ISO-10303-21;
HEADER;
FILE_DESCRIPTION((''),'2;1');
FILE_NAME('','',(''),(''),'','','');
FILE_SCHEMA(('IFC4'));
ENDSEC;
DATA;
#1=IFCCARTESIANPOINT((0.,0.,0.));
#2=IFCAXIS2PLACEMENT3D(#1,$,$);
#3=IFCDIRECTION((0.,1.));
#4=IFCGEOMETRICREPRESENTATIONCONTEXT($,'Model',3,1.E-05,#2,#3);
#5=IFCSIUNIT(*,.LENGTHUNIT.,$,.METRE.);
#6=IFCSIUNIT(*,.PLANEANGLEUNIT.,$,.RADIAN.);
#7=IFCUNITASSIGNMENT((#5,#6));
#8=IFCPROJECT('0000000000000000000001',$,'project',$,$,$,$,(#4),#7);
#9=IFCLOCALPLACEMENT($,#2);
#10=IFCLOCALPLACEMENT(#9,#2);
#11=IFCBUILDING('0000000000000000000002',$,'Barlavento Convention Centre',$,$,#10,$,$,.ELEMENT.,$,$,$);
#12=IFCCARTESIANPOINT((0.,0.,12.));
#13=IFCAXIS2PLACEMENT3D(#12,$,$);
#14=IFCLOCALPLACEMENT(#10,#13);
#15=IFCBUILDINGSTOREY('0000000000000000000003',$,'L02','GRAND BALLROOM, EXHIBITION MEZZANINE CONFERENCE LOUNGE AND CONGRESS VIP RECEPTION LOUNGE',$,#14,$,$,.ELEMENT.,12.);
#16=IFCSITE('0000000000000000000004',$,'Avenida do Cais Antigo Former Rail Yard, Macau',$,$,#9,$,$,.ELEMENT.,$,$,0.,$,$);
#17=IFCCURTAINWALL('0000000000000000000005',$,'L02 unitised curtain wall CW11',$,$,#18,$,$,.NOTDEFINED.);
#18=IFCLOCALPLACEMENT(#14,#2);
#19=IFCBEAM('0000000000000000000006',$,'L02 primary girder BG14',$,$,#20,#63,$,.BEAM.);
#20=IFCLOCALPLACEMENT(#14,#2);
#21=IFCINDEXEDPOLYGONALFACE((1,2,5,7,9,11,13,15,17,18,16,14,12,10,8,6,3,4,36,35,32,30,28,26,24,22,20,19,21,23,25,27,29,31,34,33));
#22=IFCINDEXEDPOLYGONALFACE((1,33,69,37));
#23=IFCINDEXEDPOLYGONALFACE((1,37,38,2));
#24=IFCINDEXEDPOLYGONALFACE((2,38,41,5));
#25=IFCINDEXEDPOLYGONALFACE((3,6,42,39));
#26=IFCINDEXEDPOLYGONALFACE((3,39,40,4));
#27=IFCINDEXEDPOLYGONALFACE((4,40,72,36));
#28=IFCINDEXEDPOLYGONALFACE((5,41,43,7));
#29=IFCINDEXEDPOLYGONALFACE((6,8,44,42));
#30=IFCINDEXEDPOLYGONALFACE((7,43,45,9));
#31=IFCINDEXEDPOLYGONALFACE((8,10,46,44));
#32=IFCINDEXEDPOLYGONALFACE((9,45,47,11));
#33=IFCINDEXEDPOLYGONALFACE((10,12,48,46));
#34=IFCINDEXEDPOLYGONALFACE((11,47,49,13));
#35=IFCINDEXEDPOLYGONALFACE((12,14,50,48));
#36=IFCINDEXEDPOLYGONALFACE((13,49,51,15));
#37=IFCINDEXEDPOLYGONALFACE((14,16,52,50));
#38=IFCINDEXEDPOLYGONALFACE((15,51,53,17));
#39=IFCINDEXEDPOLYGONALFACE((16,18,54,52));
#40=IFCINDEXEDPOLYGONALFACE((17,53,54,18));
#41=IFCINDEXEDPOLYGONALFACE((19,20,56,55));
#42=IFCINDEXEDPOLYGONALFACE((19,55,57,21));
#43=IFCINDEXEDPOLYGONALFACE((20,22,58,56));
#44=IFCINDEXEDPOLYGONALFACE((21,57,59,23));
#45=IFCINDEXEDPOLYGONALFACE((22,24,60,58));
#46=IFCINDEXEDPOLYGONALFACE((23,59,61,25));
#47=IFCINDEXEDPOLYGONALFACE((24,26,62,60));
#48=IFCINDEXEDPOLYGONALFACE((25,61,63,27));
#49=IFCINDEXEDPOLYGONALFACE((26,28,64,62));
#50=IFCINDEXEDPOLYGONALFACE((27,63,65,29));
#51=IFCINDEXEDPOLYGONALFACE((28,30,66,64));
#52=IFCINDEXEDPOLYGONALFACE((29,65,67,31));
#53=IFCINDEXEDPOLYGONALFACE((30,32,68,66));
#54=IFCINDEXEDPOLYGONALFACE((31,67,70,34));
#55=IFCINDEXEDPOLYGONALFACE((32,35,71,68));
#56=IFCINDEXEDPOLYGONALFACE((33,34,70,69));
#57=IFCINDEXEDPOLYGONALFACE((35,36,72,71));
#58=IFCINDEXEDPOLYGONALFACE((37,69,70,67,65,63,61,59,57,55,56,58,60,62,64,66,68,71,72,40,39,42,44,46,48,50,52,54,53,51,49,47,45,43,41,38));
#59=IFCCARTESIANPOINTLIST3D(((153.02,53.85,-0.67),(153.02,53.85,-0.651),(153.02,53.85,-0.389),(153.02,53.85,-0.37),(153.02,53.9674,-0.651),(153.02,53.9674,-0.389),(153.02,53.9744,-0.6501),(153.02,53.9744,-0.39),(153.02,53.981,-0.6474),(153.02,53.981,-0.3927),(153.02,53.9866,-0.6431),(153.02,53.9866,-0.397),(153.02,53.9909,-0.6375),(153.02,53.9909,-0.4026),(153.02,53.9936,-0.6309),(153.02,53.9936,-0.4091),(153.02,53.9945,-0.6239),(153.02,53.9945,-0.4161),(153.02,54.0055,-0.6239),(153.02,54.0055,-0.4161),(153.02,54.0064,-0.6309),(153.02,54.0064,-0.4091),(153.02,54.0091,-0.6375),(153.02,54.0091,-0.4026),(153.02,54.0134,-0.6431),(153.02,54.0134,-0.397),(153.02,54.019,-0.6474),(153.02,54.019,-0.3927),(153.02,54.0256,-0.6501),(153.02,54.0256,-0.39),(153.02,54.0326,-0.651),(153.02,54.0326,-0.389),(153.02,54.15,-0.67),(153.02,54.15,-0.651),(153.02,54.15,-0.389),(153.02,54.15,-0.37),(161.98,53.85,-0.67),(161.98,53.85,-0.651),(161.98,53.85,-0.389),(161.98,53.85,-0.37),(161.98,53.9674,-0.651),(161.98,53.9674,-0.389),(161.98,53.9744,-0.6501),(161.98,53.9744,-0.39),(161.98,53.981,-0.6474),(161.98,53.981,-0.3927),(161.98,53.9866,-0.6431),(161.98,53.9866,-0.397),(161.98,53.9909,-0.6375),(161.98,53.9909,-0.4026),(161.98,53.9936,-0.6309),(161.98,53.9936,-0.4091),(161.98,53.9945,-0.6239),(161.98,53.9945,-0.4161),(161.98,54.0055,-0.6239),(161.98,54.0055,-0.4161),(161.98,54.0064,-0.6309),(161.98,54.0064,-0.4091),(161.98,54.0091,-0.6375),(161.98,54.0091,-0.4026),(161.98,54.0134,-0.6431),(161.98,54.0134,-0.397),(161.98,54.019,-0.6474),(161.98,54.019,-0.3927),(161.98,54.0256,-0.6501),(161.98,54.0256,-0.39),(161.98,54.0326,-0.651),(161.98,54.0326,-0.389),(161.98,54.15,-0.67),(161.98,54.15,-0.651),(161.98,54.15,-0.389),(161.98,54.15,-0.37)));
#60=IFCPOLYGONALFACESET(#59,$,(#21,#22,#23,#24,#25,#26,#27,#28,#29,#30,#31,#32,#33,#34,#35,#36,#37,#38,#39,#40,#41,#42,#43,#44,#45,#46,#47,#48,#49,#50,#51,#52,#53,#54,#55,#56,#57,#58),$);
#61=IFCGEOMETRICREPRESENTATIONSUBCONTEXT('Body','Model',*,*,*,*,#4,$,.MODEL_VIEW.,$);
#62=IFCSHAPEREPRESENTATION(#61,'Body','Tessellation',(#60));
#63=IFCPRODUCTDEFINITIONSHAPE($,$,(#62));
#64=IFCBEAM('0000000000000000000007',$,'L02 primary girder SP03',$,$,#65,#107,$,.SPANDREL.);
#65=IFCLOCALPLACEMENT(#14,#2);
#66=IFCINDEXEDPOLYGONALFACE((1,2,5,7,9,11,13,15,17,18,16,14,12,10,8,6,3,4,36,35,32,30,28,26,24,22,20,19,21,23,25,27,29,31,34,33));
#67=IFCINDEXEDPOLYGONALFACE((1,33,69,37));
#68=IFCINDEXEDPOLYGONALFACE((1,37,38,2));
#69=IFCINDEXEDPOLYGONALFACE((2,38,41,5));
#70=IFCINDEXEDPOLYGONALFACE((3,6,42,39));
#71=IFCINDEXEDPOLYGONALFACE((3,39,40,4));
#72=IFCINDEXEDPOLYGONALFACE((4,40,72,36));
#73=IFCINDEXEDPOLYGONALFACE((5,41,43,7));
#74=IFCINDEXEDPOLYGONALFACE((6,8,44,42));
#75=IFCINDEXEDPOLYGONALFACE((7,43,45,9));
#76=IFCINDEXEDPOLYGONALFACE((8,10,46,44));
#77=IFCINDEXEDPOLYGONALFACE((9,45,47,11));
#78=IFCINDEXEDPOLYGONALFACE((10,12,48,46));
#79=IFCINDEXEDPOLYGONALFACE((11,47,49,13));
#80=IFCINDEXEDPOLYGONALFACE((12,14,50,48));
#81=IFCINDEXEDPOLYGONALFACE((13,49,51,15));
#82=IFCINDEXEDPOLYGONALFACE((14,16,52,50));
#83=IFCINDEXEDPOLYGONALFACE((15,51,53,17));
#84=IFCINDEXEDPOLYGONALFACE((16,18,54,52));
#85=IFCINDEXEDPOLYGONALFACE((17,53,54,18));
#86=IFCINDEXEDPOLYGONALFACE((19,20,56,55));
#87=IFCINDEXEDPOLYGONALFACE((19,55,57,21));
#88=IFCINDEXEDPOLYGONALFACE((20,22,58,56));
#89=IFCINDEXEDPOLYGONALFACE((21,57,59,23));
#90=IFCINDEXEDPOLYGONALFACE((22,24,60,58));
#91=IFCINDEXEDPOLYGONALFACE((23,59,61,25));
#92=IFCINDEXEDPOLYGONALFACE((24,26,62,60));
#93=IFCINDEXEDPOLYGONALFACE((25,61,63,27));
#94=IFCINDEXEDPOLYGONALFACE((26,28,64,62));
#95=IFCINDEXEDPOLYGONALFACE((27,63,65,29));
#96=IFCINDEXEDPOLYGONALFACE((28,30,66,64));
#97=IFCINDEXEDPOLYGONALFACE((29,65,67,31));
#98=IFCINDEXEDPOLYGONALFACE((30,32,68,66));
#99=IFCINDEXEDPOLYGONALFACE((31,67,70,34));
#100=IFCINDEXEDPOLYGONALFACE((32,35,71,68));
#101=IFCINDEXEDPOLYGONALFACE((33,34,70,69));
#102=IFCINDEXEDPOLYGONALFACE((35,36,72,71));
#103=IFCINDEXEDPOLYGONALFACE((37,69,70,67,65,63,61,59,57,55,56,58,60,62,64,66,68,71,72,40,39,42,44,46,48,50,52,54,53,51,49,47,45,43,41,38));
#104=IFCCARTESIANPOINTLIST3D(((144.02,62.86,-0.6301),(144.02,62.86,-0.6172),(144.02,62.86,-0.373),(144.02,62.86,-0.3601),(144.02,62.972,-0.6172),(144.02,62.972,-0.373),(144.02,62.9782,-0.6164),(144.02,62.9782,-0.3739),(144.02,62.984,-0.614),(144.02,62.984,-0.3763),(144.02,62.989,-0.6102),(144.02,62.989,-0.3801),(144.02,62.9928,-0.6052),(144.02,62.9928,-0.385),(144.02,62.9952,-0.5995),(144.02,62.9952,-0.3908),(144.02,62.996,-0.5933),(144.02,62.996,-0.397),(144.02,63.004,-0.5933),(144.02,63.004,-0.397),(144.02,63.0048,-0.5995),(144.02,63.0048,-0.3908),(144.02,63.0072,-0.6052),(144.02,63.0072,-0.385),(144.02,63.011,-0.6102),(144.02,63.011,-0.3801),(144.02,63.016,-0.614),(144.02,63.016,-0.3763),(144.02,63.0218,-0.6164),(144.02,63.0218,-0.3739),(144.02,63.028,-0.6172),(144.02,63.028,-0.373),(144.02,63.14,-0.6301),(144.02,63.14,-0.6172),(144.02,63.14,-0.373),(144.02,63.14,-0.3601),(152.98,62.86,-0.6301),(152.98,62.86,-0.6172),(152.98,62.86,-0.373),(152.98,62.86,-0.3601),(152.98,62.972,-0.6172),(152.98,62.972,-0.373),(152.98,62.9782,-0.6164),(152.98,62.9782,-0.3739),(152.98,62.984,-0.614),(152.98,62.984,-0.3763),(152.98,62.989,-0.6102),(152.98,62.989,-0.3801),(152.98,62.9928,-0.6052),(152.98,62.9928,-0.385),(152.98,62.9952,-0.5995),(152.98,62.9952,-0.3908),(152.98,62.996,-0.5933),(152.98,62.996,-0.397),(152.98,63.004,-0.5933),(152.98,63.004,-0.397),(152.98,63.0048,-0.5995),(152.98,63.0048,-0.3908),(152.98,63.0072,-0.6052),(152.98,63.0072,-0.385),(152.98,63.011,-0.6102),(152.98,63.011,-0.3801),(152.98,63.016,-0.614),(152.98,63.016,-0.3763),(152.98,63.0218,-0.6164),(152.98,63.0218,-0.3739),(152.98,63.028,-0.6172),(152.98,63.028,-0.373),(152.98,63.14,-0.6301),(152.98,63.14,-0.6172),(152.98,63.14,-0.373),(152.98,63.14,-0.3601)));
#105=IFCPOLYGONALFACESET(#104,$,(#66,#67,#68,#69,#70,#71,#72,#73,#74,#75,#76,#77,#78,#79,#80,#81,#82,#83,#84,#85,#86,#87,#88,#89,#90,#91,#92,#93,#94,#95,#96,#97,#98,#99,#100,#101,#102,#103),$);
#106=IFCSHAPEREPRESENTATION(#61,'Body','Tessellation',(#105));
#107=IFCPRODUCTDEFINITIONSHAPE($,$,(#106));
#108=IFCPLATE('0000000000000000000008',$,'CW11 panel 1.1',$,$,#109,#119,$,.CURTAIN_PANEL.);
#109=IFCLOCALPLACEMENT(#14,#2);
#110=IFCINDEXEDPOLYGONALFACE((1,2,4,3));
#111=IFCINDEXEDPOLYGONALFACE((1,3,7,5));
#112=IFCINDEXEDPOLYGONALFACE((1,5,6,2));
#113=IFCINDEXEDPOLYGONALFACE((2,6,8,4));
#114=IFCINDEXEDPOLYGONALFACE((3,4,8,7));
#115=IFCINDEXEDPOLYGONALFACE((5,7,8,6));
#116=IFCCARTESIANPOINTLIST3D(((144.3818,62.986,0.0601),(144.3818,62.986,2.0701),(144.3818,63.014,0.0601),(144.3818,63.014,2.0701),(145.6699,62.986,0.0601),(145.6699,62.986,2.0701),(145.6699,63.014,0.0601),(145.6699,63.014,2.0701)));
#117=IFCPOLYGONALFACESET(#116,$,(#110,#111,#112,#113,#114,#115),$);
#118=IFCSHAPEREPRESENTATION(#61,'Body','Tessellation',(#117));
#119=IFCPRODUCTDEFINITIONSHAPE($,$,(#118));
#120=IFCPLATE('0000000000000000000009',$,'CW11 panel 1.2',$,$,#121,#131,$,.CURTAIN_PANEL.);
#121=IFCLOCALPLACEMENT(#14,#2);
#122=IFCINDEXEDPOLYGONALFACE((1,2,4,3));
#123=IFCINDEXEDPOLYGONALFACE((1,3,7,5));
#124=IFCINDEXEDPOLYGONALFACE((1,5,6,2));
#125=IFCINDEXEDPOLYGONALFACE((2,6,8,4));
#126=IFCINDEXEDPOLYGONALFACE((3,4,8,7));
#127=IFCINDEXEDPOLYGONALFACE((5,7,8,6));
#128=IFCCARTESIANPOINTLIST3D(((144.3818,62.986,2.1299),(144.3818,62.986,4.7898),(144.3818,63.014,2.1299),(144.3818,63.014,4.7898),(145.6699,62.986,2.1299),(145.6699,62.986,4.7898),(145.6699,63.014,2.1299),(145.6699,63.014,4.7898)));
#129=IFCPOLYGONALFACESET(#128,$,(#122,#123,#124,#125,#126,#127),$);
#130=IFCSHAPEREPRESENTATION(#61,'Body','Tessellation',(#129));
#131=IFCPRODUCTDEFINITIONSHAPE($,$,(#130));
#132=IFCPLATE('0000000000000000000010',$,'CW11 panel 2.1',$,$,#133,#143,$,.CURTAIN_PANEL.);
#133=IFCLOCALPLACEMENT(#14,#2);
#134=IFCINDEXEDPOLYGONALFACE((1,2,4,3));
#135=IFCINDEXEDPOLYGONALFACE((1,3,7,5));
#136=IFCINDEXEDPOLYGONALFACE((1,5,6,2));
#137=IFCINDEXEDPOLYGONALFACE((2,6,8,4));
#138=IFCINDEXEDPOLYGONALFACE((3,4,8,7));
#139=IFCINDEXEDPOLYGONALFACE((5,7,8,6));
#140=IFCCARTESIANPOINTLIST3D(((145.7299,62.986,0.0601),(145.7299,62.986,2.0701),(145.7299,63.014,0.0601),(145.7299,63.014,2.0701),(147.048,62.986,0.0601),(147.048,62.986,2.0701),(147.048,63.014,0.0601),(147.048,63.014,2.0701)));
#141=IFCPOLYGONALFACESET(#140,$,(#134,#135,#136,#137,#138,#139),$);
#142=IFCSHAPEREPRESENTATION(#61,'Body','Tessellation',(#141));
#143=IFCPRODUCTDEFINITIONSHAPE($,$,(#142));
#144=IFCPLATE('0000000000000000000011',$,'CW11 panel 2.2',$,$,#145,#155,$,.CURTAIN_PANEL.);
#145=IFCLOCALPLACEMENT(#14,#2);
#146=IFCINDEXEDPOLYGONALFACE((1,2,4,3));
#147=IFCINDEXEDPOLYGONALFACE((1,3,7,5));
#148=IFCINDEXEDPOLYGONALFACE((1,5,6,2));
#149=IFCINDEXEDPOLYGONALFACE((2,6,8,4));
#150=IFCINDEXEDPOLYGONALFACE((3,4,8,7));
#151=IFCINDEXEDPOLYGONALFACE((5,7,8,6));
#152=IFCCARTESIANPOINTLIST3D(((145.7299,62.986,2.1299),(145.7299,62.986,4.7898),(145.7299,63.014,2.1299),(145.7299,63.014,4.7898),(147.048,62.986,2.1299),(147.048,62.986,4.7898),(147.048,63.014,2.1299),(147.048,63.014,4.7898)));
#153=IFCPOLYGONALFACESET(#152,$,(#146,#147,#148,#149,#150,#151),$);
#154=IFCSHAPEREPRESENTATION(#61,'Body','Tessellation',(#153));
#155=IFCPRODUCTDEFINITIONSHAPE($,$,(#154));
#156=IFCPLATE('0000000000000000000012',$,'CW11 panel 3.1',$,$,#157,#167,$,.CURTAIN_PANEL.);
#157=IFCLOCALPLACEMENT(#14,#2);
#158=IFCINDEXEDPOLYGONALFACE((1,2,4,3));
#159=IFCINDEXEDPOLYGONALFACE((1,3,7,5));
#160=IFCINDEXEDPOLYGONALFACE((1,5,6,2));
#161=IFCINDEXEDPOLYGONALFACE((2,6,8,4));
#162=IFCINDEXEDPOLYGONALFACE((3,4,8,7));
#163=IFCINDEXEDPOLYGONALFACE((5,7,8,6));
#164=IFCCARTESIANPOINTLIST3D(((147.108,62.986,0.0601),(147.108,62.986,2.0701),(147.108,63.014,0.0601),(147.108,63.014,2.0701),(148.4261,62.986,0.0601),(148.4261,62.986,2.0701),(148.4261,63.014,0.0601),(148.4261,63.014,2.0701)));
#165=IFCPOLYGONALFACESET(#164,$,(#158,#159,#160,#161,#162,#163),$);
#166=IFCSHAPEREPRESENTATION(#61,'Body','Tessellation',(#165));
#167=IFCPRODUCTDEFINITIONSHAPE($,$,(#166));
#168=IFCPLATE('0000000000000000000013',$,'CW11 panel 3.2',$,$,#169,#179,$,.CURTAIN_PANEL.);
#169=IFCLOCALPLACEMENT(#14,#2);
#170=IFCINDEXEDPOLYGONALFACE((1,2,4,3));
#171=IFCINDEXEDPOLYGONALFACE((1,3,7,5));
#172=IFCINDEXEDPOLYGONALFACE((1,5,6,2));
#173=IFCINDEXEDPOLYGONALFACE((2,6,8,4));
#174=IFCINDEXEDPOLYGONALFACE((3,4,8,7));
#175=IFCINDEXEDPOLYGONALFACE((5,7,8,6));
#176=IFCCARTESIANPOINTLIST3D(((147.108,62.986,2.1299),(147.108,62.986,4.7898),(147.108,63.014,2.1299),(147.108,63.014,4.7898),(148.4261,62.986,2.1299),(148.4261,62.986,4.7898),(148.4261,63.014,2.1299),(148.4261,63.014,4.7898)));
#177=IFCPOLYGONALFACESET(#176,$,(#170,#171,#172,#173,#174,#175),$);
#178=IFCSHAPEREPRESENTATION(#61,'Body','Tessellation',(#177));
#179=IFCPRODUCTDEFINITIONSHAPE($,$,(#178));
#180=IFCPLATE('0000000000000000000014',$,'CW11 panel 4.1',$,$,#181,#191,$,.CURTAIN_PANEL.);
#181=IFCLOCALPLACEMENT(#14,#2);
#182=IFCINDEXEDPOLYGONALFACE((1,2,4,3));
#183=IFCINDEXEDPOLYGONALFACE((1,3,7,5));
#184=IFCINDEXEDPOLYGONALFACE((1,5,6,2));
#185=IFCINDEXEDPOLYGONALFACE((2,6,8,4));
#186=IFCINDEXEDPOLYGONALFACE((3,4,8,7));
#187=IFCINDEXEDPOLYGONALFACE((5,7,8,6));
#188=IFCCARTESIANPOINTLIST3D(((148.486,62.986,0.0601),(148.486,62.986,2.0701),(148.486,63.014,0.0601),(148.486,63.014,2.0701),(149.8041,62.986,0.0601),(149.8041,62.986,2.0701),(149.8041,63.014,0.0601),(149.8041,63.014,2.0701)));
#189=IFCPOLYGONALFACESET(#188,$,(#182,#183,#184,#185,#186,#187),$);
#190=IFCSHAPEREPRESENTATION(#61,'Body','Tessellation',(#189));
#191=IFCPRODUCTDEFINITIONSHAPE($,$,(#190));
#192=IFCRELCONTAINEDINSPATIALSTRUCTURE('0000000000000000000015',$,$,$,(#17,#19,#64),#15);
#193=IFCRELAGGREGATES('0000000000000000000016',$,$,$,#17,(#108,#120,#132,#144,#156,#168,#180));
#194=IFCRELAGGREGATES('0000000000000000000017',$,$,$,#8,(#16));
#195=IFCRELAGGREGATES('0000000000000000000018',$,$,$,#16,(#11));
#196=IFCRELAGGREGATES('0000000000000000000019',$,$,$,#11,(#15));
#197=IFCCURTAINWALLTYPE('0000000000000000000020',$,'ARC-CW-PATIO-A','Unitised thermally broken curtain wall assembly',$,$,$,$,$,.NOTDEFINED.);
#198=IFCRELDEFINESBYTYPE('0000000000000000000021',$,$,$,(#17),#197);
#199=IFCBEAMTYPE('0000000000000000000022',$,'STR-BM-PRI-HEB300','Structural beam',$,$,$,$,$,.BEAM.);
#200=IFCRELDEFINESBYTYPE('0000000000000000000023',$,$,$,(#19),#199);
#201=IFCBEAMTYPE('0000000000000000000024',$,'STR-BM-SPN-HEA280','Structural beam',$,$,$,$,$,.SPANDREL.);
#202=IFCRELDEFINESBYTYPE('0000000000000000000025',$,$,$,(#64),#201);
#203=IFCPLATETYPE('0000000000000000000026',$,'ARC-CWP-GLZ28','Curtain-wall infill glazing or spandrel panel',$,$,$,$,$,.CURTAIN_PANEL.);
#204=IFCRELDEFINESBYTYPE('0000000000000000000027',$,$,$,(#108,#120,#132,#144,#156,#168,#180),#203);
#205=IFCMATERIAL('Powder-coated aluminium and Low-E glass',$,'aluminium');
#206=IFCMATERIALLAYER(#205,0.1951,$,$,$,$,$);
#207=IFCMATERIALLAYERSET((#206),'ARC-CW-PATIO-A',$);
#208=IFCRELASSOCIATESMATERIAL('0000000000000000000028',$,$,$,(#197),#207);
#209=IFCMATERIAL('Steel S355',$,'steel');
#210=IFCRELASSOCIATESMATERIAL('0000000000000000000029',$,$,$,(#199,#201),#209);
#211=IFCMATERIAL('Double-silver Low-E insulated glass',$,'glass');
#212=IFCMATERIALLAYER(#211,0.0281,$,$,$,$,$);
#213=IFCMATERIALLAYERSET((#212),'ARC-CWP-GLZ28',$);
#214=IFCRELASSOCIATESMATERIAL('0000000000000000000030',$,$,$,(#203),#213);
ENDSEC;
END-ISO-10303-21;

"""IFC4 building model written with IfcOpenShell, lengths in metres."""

from ifc_helpers import new_model, si_unit, direction, frame, origin, origin_2d, place, context, subcontext, project, spatial, rectangle, i_section, extrude, material, layer, layer_set, material_profile, profile_set, type_object, element, aggregate, save


model = new_model("IFC4")

# Units and contexts
model_context = context("Model", 3, precision=1e-05, world=origin(), true_north=direction((0.0, 1.0)))
body_context = subcontext(model_context, "Body", "Model", "MODEL_VIEW")
ifc_project = project(units=[si_unit("LENGTHUNIT", "METRE"), si_unit("PLANEANGLEUNIT", "RADIAN")], contexts=[model_context])

# Site, building, storey
site_placement = place(None, origin())
site = spatial("IfcSite", under=ifc_project, at=site_placement, Name="Avenida do Cais Antigo Former Rail Yard, Macau", CompositionType="ELEMENT", RefElevation=0.0)
building_placement = place(site_placement, origin())
building = spatial("IfcBuilding", under=site, at=building_placement, Name="Barlavento Convention Centre", CompositionType="ELEMENT")
storey_placement = place(building_placement, frame((0.0, 0.0, 12.0)))
storey = spatial("IfcBuildingStorey", under=building, at=storey_placement, Name="L02", Description="GRAND BALLROOM, EXHIBITION MEZZANINE CONFERENCE LOUNGE AND CONGRESS VIP RECEPTION LOUNGE", CompositionType="ELEMENT", Elevation=12.0)

# Shared definitions
ifc_material_1 = material(Name="Steel S355", Category="steel")

# Curtain wall
ifc_material_2 = material(Name="Powder-coated aluminium and Low-E glass", Category="aluminium")
ifc_layer_1 = layer(ifc_material_2, 0.1951)
ifc_layer_set_1 = layer_set([ifc_layer_1], Name="ARC-CW-PATIO-A")
curtain_wall_type = type_object("IfcCurtainWallType", Name="ARC-CW-PATIO-A", Description="Unitised thermally broken curtain wall assembly", PredefinedType="NOTDEFINED", material=ifc_layer_set_1)
curtain_wall_placement = place(storey_placement, origin())
curtain_wall = element("IfcCurtainWall", 1, at=curtain_wall_placement, inside=storey, type_object=curtain_wall_type, Name="L02 unitised curtain wall CW11", PredefinedType="NOTDEFINED")

# Beams
ifc_material_profile_1 = material_profile(ifc_material_1, i_section(OverallWidth=0.3, OverallDepth=0.3, WebThickness=0.011, FlangeThickness=0.019, FilletRadius=0.0271, at=origin_2d()), Name="HEB 300")
ifc_profile_set_1 = profile_set([ifc_material_profile_1], Name="Steel S355")
beam_type_1 = type_object("IfcBeamType", Name="STR-BM-PRI-HEB300", Description="Structural beam", PredefinedType="BEAM", material=ifc_profile_set_1)
beam_1_placement = place(storey_placement, frame((153.02, 54.0, -0.52), z_axis=(1.0, 0.0, 0.0), x_axis=(0.0, 1.0, 0.0)))
element("IfcBeam", 2, at=beam_1_placement, inside=storey, type_object=beam_type_1, Name="L02 primary girder BG14", PredefinedType="BEAM", context=body_context, shape_type="SweptSolid", body=[
    extrude(i_section(OverallWidth=0.3, OverallDepth=0.3, WebThickness=0.011, FlangeThickness=0.019, FilletRadius=0.0271, at=origin_2d()), origin(), (0.0, 0.0, 1.0), 8.96),
])
ifc_material_profile_2 = material_profile(ifc_material_1, i_section(OverallWidth=0.28, OverallDepth=0.27, WebThickness=0.0081, FlangeThickness=0.0129, FilletRadius=0.0239, at=origin_2d()), Name="HEA 280")
ifc_profile_set_2 = profile_set([ifc_material_profile_2], Name="Steel S355")
beam_type_2 = type_object("IfcBeamType", Name="STR-BM-SPN-HEA280", Description="Structural beam", PredefinedType="SPANDREL", material=ifc_profile_set_2)
beam_2_placement = place(storey_placement, frame((144.02, 63.0, -0.4951), z_axis=(1.0, 0.0, 0.0), x_axis=(0.0, 1.0, 0.0)))
element("IfcBeam", 3, at=beam_2_placement, inside=storey, type_object=beam_type_2, Name="L02 primary girder SP03", PredefinedType="SPANDREL", context=body_context, shape_type="SweptSolid", body=[
    extrude(i_section(OverallWidth=0.28, OverallDepth=0.27, WebThickness=0.0081, FlangeThickness=0.0129, FilletRadius=0.0239, at=origin_2d()), origin(), (0.0, 0.0, 1.0), 8.96),
])

# Plates
ifc_material_3 = material(Name="Double-silver Low-E insulated glass", Category="glass")
ifc_layer_2 = layer(ifc_material_3, 0.0281)
ifc_layer_set_2 = layer_set([ifc_layer_2], Name="ARC-CWP-GLZ28")
plate_type = type_object("IfcPlateType", Name="ARC-CWP-GLZ28", Description="Curtain-wall infill glazing or spandrel panel", PredefinedType="CURTAIN_PANEL", material=ifc_layer_set_2)
plate_1_placement = place(storey_placement, frame((145.0259, 63.0, 0.0601), z_axis=(0.0, 0.0, 1.0), x_axis=(1.0, 0.0, 0.0)))
plate_1 = element("IfcPlate", 4, at=plate_1_placement, type_object=plate_type, Name="CW11 panel 1.1", PredefinedType="CURTAIN_PANEL", context=body_context, shape_type="SweptSolid", body=[
    extrude(rectangle(XDim=1.2881, YDim=0.0281, at=origin_2d()), origin(), (0.0, 0.0, 1.0), 2.01),
])
plate_2_placement = place(storey_placement, frame((145.0259, 63.0, 2.1299), z_axis=(0.0, 0.0, 1.0), x_axis=(1.0, 0.0, 0.0)))
plate_2 = element("IfcPlate", 5, at=plate_2_placement, type_object=plate_type, Name="CW11 panel 1.2", PredefinedType="CURTAIN_PANEL", context=body_context, shape_type="SweptSolid", body=[
    extrude(rectangle(XDim=1.2881, YDim=0.0281, at=origin_2d()), origin(), (0.0, 0.0, 1.0), 2.6599),
])
plate_3_placement = place(storey_placement, frame((146.3889, 63.0, 0.0601), z_axis=(0.0, 0.0, 1.0), x_axis=(1.0, 0.0, 0.0)))
plate_3 = element("IfcPlate", 6, at=plate_3_placement, type_object=plate_type, Name="CW11 panel 2.1", PredefinedType="CURTAIN_PANEL", context=body_context, shape_type="SweptSolid", body=[
    extrude(rectangle(XDim=1.3181, YDim=0.0281, at=origin_2d()), origin(), (0.0, 0.0, 1.0), 2.01),
])
plate_4_placement = place(storey_placement, frame((146.3889, 63.0, 2.1299), z_axis=(0.0, 0.0, 1.0), x_axis=(1.0, 0.0, 0.0)))
plate_4 = element("IfcPlate", 7, at=plate_4_placement, type_object=plate_type, Name="CW11 panel 2.2", PredefinedType="CURTAIN_PANEL", context=body_context, shape_type="SweptSolid", body=[
    extrude(rectangle(XDim=1.3181, YDim=0.0281, at=origin_2d()), origin(), (0.0, 0.0, 1.0), 2.6599),
])
plate_5_placement = place(storey_placement, frame((147.7671, 63.0, 0.0601), z_axis=(0.0, 0.0, 1.0), x_axis=(1.0, 0.0, 0.0)))
plate_5 = element("IfcPlate", 8, at=plate_5_placement, type_object=plate_type, Name="CW11 panel 3.1", PredefinedType="CURTAIN_PANEL", context=body_context, shape_type="SweptSolid", body=[
    extrude(rectangle(XDim=1.3181, YDim=0.0281, at=origin_2d()), origin(), (0.0, 0.0, 1.0), 2.01),
])
plate_6_placement = place(storey_placement, frame((147.7671, 63.0, 2.1299), z_axis=(0.0, 0.0, 1.0), x_axis=(1.0, 0.0, 0.0)))
plate_6 = element("IfcPlate", 9, at=plate_6_placement, type_object=plate_type, Name="CW11 panel 3.2", PredefinedType="CURTAIN_PANEL", context=body_context, shape_type="SweptSolid", body=[
    extrude(rectangle(XDim=1.3181, YDim=0.0281, at=origin_2d()), origin(), (0.0, 0.0, 1.0), 2.6599),
])
plate_7_placement = place(storey_placement, frame((149.145, 63.0, 0.0601), z_axis=(0.0, 0.0, 1.0), x_axis=(1.0, 0.0, 0.0)))
plate_7 = element("IfcPlate", 10, at=plate_7_placement, type_object=plate_type, Name="CW11 panel 4.1", PredefinedType="CURTAIN_PANEL", context=body_context, shape_type="SweptSolid", body=[
    extrude(rectangle(XDim=1.3181, YDim=0.0281, at=origin_2d()), origin(), (0.0, 0.0, 1.0), 2.01),
])
aggregate(curtain_wall, [plate_1, plate_2, plate_3, plate_4, plate_5, plate_6, plate_7])

save(model, "model.ifc")
